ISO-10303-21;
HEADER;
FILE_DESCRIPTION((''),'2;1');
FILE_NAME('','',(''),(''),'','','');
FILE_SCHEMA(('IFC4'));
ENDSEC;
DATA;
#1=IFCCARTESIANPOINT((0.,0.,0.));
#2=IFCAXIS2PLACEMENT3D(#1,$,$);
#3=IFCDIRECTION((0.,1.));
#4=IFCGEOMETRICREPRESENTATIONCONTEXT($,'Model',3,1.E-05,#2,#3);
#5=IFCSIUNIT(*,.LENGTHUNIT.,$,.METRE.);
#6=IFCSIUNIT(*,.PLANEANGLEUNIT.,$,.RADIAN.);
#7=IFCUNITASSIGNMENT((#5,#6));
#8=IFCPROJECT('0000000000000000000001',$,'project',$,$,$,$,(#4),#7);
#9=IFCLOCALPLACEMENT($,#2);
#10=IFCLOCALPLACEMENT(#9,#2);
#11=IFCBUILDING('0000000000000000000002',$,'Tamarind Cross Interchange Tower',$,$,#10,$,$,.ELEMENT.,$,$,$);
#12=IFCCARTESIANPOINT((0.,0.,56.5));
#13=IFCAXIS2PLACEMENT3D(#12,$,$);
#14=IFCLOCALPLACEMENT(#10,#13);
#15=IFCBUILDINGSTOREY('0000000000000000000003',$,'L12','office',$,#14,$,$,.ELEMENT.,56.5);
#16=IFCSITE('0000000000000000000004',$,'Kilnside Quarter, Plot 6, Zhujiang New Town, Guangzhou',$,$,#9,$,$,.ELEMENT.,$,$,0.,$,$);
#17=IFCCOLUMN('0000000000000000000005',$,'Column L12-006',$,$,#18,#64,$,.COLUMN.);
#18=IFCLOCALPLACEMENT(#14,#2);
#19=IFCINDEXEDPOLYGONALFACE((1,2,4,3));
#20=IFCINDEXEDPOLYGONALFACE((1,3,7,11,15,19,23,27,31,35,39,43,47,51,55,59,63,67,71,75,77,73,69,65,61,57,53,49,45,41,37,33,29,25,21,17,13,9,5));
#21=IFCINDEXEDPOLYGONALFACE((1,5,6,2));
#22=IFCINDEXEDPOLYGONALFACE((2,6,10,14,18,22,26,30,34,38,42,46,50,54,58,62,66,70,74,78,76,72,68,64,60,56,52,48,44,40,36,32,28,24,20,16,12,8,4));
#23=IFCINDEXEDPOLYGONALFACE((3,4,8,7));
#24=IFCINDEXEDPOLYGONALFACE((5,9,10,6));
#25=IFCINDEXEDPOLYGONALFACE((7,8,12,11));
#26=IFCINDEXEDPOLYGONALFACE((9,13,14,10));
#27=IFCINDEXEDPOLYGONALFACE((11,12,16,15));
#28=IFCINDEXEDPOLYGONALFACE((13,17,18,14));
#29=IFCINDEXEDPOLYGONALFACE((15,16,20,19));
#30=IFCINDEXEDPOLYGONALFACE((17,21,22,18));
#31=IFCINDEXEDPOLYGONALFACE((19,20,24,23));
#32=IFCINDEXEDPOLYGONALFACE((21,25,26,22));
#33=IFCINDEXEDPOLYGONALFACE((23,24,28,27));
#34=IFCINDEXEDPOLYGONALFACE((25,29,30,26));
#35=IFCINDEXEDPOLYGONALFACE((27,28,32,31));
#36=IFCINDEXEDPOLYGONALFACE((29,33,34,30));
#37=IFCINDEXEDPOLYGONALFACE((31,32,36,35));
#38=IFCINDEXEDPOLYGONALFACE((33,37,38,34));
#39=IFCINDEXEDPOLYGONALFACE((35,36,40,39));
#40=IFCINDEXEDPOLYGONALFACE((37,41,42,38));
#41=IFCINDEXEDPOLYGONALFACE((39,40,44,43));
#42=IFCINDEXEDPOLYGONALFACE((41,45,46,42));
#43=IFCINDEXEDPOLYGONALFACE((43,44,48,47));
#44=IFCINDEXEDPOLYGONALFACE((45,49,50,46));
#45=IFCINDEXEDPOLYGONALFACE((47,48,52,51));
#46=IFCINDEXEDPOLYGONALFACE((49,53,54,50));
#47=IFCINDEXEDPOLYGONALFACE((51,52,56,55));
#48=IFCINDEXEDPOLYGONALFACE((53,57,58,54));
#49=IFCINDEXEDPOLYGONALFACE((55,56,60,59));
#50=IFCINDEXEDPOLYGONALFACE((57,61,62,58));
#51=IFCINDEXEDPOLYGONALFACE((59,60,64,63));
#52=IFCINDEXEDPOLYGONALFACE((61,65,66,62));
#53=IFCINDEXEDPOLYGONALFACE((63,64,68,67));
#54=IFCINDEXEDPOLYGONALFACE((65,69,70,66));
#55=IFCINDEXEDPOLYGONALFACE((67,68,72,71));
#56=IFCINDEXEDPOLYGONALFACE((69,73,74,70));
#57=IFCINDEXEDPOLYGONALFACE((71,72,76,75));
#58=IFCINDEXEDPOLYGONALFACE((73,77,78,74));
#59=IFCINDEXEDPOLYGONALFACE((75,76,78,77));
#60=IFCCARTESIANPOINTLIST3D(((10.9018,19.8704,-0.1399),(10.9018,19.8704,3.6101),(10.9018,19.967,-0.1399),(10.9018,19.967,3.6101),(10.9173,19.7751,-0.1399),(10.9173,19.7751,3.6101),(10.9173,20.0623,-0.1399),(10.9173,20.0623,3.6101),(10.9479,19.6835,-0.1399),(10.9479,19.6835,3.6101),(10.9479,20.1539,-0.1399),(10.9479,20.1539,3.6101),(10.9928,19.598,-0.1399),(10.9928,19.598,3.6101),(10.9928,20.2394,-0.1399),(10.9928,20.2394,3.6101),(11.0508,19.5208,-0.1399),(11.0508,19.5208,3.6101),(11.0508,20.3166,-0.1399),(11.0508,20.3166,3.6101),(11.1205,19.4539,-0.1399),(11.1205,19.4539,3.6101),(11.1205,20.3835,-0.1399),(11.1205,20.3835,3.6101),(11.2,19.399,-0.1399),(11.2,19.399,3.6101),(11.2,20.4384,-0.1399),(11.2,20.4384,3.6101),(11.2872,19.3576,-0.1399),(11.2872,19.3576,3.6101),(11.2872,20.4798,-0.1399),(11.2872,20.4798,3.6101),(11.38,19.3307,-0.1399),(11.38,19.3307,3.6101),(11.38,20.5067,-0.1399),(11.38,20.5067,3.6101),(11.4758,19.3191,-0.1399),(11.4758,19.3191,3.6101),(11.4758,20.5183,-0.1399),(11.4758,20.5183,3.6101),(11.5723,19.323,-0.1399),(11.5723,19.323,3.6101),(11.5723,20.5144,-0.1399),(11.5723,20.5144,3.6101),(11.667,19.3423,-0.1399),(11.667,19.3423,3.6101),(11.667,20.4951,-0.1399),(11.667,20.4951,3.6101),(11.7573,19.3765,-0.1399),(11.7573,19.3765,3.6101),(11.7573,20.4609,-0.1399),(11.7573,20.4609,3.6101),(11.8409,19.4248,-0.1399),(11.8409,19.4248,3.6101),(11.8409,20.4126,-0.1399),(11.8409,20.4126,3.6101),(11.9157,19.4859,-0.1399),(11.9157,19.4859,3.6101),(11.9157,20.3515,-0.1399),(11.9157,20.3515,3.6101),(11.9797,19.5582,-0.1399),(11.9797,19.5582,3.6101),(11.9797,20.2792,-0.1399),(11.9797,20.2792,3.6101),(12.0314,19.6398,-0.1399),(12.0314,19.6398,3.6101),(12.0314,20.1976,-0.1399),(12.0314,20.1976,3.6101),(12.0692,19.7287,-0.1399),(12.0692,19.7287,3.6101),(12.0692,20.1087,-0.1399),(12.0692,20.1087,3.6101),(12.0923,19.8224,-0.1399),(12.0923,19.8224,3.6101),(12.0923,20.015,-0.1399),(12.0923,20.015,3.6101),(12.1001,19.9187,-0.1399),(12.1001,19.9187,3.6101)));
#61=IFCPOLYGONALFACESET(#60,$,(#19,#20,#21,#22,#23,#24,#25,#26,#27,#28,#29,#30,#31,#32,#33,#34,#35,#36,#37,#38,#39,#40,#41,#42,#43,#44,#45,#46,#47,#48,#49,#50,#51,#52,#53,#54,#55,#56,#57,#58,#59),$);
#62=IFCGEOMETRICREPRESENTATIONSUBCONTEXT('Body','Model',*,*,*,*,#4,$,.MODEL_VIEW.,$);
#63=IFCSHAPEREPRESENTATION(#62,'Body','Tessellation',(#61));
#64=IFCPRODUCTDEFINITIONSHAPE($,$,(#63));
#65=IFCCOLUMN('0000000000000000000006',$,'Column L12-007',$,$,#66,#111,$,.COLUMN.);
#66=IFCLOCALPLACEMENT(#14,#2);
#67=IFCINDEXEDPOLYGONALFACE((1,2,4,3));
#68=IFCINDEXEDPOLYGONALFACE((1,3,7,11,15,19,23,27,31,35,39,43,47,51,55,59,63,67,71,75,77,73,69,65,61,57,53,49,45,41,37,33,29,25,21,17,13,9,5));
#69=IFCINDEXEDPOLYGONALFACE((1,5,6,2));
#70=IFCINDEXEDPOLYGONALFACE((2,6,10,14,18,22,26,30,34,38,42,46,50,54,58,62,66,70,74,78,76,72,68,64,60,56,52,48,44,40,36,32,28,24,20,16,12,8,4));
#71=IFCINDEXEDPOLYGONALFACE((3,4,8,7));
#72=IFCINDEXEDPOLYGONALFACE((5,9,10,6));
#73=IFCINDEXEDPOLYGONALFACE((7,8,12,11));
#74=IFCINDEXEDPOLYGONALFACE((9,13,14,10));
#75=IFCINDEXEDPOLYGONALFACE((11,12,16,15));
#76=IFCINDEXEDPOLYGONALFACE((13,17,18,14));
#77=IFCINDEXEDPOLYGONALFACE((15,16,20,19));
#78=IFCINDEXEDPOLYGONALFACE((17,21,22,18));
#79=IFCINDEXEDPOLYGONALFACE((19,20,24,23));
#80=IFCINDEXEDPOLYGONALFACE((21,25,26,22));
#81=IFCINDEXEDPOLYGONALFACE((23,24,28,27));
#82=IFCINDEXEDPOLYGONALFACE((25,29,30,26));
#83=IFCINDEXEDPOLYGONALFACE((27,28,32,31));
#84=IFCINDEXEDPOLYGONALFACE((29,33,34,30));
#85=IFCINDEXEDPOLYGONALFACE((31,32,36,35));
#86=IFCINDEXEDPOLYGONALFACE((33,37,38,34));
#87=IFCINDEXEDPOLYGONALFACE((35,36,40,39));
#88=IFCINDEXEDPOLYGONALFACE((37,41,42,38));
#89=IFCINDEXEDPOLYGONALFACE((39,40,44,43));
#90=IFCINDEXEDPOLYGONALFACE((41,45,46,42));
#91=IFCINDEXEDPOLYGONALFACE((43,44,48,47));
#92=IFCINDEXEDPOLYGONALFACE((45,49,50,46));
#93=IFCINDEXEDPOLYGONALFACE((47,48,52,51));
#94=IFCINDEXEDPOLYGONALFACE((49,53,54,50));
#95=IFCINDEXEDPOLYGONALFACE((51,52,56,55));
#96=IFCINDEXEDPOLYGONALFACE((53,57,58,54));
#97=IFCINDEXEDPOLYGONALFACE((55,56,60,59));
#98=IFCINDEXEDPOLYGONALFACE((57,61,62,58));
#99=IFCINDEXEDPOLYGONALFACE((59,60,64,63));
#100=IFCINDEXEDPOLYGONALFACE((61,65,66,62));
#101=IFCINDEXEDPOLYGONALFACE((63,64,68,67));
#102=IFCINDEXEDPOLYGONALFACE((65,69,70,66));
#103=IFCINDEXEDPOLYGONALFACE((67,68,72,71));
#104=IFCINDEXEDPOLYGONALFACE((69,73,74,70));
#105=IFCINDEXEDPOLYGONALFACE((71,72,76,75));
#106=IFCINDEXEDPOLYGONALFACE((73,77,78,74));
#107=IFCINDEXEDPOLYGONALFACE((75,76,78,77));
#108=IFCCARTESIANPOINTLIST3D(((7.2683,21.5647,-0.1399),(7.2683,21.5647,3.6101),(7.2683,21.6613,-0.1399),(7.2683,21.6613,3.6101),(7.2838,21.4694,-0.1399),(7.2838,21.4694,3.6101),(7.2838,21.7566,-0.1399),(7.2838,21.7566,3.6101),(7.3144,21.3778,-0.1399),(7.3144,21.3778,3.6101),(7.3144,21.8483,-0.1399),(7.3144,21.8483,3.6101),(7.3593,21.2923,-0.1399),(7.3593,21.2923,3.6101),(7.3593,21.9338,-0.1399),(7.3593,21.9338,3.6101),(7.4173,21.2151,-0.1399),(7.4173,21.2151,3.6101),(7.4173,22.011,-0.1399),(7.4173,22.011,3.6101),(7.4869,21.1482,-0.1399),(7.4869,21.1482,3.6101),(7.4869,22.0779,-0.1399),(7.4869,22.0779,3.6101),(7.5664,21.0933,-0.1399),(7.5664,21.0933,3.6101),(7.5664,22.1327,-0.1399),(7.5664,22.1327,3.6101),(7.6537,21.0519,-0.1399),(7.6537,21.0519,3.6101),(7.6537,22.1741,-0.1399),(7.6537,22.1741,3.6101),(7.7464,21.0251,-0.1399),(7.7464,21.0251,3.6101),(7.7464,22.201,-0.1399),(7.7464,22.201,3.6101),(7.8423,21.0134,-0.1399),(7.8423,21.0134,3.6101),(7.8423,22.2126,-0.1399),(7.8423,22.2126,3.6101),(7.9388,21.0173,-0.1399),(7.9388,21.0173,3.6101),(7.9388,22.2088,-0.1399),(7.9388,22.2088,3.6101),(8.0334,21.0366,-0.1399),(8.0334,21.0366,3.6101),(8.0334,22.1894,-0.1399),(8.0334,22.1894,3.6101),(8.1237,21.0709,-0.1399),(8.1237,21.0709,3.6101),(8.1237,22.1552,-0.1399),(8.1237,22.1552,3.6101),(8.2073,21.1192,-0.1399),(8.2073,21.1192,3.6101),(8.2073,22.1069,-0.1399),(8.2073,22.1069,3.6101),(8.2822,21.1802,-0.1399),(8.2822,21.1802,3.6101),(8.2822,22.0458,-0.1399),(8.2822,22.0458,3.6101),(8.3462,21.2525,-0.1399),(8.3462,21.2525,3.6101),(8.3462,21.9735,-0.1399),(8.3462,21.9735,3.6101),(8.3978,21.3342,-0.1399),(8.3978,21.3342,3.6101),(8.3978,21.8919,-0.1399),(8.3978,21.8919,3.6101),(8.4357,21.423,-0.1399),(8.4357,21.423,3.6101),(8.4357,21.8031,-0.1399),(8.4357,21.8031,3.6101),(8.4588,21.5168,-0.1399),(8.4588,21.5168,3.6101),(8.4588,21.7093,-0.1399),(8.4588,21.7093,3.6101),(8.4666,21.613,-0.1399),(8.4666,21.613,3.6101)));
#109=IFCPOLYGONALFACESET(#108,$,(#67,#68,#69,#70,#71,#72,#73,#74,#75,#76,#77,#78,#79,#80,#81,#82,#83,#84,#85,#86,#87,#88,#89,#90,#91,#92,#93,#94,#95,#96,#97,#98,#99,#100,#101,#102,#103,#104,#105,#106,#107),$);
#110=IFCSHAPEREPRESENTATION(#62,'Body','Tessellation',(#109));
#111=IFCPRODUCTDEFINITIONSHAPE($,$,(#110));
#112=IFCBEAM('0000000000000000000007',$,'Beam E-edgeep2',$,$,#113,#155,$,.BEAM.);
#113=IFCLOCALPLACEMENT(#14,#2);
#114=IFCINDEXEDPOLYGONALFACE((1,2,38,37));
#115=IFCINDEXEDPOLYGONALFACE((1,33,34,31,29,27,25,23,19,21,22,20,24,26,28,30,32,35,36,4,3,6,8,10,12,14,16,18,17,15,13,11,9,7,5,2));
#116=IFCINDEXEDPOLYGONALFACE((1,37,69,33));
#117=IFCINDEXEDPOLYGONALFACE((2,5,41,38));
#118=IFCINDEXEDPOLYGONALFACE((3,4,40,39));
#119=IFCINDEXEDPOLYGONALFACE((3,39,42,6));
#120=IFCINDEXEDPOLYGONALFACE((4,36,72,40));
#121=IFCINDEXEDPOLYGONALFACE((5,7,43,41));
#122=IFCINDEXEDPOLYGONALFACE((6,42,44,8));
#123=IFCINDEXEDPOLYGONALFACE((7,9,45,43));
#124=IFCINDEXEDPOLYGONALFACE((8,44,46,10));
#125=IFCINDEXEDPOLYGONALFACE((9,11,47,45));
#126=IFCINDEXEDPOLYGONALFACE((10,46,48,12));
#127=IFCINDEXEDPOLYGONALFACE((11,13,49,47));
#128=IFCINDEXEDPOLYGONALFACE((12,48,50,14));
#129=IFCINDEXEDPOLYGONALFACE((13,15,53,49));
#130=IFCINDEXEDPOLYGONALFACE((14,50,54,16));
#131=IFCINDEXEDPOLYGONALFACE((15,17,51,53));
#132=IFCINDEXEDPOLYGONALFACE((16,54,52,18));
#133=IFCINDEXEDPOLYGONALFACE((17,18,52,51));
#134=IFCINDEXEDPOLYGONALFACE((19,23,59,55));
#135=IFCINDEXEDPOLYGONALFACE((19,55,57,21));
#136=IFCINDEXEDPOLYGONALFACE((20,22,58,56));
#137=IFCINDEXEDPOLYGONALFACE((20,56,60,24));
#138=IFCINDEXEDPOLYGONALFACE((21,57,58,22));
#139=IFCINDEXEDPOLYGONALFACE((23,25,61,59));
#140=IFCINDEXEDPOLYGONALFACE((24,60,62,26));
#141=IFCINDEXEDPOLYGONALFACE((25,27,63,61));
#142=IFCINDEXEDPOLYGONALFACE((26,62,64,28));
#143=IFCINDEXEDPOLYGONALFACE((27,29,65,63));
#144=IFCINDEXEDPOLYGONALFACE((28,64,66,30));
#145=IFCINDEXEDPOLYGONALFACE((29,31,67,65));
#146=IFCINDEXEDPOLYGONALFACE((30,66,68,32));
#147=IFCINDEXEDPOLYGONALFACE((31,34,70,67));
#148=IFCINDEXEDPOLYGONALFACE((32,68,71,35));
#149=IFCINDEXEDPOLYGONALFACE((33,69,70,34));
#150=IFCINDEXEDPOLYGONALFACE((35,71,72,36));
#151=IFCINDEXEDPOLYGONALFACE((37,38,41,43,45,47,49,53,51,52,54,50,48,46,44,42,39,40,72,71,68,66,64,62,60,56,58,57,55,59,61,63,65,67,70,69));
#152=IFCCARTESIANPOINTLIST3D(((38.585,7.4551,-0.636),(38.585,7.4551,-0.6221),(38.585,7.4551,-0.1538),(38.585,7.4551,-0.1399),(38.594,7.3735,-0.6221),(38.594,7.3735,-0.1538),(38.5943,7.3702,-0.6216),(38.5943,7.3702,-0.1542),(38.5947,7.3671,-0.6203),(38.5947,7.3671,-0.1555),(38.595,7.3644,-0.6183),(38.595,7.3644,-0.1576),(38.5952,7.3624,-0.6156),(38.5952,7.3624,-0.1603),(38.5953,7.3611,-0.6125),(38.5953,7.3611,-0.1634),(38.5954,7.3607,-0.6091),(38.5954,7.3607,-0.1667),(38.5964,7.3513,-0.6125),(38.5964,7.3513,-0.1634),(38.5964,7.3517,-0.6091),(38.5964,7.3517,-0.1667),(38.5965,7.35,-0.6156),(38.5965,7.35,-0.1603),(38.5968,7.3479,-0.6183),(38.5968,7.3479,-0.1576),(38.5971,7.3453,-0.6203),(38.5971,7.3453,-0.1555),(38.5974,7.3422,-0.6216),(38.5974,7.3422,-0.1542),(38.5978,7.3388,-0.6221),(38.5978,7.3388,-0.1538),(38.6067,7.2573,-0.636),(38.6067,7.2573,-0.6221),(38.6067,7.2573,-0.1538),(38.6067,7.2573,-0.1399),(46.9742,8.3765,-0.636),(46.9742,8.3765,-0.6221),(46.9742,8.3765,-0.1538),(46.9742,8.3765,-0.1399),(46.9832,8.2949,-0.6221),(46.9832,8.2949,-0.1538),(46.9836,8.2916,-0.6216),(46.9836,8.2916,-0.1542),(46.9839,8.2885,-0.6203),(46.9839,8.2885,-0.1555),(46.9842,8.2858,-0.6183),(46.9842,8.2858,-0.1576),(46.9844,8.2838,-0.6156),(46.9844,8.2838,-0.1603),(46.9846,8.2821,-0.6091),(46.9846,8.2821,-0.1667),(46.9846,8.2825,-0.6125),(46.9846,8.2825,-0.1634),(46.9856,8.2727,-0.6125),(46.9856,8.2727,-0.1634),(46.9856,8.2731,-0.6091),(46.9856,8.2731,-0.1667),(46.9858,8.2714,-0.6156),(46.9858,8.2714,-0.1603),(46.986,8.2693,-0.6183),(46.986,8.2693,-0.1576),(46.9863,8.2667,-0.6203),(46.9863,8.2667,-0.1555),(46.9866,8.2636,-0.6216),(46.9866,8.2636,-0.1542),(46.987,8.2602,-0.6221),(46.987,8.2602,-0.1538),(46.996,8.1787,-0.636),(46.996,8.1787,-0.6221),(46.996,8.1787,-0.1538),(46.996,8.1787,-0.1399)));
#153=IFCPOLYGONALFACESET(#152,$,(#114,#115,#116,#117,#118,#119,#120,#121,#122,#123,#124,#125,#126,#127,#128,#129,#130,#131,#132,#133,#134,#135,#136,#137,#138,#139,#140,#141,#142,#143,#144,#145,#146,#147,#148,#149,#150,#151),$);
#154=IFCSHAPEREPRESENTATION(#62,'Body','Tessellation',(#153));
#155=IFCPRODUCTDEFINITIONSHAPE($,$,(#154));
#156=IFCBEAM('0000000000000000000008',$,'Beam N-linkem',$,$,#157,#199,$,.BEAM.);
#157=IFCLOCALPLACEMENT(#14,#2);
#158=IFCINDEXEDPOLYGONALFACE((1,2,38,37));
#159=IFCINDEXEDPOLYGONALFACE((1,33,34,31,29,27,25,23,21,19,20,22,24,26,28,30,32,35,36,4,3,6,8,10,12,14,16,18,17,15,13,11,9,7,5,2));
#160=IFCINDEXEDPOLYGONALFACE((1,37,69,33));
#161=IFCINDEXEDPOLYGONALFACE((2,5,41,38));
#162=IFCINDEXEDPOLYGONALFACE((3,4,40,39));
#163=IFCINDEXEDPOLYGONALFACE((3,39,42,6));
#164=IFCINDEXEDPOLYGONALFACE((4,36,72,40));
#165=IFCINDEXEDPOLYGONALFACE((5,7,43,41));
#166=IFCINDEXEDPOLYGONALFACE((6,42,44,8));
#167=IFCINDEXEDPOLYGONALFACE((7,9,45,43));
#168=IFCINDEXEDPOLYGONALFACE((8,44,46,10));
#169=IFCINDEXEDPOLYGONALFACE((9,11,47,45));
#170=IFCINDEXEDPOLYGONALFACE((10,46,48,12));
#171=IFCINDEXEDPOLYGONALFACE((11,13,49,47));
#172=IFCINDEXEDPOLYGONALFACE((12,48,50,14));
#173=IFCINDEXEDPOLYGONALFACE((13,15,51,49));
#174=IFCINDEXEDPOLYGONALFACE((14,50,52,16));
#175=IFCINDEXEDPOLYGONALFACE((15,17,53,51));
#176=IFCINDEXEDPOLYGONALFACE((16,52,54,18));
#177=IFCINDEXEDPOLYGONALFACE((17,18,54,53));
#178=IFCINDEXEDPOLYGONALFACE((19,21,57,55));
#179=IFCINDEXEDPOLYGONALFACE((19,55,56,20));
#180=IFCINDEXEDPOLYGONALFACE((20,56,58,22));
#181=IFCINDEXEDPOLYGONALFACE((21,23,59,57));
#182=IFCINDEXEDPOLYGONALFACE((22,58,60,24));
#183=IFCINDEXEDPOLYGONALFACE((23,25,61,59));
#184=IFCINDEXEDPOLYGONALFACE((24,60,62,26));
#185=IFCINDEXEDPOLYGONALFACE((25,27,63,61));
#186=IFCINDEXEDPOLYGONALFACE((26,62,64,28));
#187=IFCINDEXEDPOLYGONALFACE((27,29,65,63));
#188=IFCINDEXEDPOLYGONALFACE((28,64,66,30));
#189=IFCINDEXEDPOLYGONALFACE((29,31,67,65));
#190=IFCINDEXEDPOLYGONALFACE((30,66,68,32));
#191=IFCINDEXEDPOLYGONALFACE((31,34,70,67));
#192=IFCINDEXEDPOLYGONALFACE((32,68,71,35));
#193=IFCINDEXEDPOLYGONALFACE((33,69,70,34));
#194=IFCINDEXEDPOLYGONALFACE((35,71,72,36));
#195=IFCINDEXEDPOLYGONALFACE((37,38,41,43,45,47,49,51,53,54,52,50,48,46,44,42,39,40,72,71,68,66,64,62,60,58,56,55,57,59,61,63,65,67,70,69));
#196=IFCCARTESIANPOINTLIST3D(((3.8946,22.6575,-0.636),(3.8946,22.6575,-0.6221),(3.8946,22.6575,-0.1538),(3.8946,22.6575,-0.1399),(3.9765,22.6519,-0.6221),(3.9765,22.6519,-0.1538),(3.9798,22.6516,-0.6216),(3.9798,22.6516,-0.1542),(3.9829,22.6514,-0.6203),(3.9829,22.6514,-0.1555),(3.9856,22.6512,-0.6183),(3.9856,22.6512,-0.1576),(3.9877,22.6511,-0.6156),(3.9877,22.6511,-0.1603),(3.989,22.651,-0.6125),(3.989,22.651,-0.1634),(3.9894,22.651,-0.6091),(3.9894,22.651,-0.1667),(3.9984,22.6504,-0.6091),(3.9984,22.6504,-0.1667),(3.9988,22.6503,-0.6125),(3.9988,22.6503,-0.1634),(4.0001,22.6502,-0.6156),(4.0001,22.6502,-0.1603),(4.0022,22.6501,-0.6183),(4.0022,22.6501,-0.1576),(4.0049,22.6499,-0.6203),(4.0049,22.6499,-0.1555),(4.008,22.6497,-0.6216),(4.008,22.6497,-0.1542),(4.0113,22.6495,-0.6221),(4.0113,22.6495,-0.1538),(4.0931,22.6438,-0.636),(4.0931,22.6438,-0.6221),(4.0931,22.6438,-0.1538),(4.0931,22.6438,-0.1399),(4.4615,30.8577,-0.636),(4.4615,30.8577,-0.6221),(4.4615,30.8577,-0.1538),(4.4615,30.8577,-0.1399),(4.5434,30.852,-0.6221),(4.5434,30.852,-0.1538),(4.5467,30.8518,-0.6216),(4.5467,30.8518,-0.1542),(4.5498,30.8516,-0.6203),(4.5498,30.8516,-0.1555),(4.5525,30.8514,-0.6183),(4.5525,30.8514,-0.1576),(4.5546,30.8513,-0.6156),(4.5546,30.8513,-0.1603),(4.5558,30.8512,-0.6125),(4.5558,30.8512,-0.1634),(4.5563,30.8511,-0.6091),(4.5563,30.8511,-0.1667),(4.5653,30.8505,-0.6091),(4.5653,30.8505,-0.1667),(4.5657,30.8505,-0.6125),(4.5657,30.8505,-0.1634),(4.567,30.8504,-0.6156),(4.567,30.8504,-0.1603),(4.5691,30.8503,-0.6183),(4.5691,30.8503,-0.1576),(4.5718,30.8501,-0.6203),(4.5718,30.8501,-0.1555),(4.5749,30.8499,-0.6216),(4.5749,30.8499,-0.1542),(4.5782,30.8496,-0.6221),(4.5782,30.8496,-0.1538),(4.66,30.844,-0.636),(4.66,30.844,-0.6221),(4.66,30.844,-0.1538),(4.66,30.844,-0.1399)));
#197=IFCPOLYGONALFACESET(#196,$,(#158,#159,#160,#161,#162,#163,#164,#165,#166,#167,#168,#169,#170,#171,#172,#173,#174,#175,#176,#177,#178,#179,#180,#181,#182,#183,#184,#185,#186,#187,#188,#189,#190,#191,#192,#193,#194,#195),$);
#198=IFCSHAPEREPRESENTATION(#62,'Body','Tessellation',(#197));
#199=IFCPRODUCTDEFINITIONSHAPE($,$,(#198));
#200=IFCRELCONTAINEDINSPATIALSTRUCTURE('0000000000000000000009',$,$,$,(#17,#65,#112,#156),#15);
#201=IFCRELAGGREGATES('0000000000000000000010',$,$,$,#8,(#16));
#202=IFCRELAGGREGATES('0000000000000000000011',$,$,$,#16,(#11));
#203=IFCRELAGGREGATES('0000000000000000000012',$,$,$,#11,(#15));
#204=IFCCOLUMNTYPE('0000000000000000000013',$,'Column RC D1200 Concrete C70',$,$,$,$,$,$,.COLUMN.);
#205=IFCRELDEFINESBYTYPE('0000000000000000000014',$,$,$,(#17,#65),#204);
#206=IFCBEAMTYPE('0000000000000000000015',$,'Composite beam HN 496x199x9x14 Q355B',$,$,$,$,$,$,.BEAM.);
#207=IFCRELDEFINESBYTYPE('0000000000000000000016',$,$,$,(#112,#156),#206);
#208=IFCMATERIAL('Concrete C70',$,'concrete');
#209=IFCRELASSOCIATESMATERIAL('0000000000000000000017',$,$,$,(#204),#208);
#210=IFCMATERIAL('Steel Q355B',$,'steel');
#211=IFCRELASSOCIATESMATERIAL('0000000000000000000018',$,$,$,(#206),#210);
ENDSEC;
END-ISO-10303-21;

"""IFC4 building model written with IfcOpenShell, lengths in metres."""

from ifc_helpers import new_model, si_unit, direction, frame, origin, origin_2d, place, context, subcontext, project, spatial, circle, i_section, extrude, material, material_profile, profile_set, type_object, element, save


model = new_model("IFC4")

# Units and contexts
model_context = context("Model", 3, precision=1e-05, world=origin(), true_north=direction((0.0, 1.0)))
body_context = subcontext(model_context, "Body", "Model", "MODEL_VIEW")
ifc_project = project(units=[si_unit("LENGTHUNIT", "METRE"), si_unit("PLANEANGLEUNIT", "RADIAN")], contexts=[model_context])

# Site, building, storey
site_placement = place(None, origin())
site = spatial("IfcSite", under=ifc_project, at=site_placement, Name="Kilnside Quarter, Plot 6, Zhujiang New Town, Guangzhou", CompositionType="ELEMENT", RefElevation=0.0)
building_placement = place(site_placement, origin())
building = spatial("IfcBuilding", under=site, at=building_placement, Name="Tamarind Cross Interchange Tower", CompositionType="ELEMENT")
storey_placement = place(building_placement, frame((0.0, 0.0, 56.5)))
storey = spatial("IfcBuildingStorey", under=building, at=storey_placement, Name="L12", Description="office", CompositionType="ELEMENT", Elevation=56.5)

# Columns
ifc_material_1 = material(Name="Concrete C70", Category="concrete")
ifc_material_profile_1 = material_profile(ifc_material_1, circle(Radius=0.6001, at=origin_2d()), Name="RC D1200")
ifc_profile_set_1 = profile_set([ifc_material_profile_1], Name="Concrete C70")
column_type_1 = type_object("IfcColumnType", Name="Column RC D1200 Concrete C70", PredefinedType="COLUMN", material=ifc_profile_set_1)
for number, where, z_axis, x_axis, name in (
    (1, (11.5, 19.9187, -0.1399), (0.0, 0.0, 1.0), (1.0, 0.0, 0.0), "Column L12-006"),
    (2, (7.8665, 21.613, -0.1399), (0.0, 0.0, 1.0), (1.0, 0.0, 0.0), "Column L12-007"),
):
    element("IfcColumn", number, at=place(storey_placement, frame(where, z_axis=z_axis, x_axis=x_axis)), inside=storey, type_object=column_type_1, Name=name, PredefinedType="COLUMN", context=body_context, shape_type="SweptSolid", body=[
        extrude(circle(Radius=0.6001, at=origin_2d()), origin(), (0.0, 0.0, 1.0), 3.75),
    ])

# Beams
ifc_material_2 = material(Name="Steel Q355B", Category="steel")
ifc_material_profile_2 = material_profile(ifc_material_2, i_section(OverallWidth=0.199, OverallDepth=0.4961, WebThickness=0.009, FlangeThickness=0.0139, FilletRadius=0.0129, at=origin_2d()), Name="HN 496x199x9x14")
ifc_profile_set_2 = profile_set([ifc_material_profile_2], Name="Steel Q355B")
beam_type_1 = type_object("IfcBeamType", Name="Composite beam HN 496x199x9x14 Q355B", PredefinedType="BEAM", material=ifc_profile_set_2)
beam_1_placement = place(storey_placement, frame((46.9851, 8.2776, -0.3879), z_axis=(-0.994023, -0.109174, 0.0), x_axis=(0.109174, -0.994023, 0.0)))
element("IfcBeam", 3, at=beam_1_placement, inside=storey, type_object=beam_type_1, Name="Beam E-edgeep2", PredefinedType="BEAM", context=body_context, shape_type="SweptSolid", body=[
    extrude(i_section(OverallWidth=0.199, OverallDepth=0.4961, WebThickness=0.009, FlangeThickness=0.0139, FilletRadius=0.0129, at=origin_2d()), origin(), (0.0, 0.0, 1.0), 8.4397),
])
beam_2_placement = place(storey_placement, frame((4.5608, 30.8508, -0.3879), z_axis=(-0.068967, -0.997619, 0.0), x_axis=(0.997619, -0.068967, 0.0)))
element("IfcBeam", 4, at=beam_2_placement, inside=storey, type_object=beam_type_1, Name="Beam N-linkem", PredefinedType="BEAM", context=body_context, shape_type="SweptSolid", body=[
    extrude(i_section(OverallWidth=0.199, OverallDepth=0.4961, WebThickness=0.009, FlangeThickness=0.0139, FilletRadius=0.0129, at=origin_2d()), origin(), (0.0, 0.0, 1.0), 8.2197),
])

save(model, "model.ifc")
